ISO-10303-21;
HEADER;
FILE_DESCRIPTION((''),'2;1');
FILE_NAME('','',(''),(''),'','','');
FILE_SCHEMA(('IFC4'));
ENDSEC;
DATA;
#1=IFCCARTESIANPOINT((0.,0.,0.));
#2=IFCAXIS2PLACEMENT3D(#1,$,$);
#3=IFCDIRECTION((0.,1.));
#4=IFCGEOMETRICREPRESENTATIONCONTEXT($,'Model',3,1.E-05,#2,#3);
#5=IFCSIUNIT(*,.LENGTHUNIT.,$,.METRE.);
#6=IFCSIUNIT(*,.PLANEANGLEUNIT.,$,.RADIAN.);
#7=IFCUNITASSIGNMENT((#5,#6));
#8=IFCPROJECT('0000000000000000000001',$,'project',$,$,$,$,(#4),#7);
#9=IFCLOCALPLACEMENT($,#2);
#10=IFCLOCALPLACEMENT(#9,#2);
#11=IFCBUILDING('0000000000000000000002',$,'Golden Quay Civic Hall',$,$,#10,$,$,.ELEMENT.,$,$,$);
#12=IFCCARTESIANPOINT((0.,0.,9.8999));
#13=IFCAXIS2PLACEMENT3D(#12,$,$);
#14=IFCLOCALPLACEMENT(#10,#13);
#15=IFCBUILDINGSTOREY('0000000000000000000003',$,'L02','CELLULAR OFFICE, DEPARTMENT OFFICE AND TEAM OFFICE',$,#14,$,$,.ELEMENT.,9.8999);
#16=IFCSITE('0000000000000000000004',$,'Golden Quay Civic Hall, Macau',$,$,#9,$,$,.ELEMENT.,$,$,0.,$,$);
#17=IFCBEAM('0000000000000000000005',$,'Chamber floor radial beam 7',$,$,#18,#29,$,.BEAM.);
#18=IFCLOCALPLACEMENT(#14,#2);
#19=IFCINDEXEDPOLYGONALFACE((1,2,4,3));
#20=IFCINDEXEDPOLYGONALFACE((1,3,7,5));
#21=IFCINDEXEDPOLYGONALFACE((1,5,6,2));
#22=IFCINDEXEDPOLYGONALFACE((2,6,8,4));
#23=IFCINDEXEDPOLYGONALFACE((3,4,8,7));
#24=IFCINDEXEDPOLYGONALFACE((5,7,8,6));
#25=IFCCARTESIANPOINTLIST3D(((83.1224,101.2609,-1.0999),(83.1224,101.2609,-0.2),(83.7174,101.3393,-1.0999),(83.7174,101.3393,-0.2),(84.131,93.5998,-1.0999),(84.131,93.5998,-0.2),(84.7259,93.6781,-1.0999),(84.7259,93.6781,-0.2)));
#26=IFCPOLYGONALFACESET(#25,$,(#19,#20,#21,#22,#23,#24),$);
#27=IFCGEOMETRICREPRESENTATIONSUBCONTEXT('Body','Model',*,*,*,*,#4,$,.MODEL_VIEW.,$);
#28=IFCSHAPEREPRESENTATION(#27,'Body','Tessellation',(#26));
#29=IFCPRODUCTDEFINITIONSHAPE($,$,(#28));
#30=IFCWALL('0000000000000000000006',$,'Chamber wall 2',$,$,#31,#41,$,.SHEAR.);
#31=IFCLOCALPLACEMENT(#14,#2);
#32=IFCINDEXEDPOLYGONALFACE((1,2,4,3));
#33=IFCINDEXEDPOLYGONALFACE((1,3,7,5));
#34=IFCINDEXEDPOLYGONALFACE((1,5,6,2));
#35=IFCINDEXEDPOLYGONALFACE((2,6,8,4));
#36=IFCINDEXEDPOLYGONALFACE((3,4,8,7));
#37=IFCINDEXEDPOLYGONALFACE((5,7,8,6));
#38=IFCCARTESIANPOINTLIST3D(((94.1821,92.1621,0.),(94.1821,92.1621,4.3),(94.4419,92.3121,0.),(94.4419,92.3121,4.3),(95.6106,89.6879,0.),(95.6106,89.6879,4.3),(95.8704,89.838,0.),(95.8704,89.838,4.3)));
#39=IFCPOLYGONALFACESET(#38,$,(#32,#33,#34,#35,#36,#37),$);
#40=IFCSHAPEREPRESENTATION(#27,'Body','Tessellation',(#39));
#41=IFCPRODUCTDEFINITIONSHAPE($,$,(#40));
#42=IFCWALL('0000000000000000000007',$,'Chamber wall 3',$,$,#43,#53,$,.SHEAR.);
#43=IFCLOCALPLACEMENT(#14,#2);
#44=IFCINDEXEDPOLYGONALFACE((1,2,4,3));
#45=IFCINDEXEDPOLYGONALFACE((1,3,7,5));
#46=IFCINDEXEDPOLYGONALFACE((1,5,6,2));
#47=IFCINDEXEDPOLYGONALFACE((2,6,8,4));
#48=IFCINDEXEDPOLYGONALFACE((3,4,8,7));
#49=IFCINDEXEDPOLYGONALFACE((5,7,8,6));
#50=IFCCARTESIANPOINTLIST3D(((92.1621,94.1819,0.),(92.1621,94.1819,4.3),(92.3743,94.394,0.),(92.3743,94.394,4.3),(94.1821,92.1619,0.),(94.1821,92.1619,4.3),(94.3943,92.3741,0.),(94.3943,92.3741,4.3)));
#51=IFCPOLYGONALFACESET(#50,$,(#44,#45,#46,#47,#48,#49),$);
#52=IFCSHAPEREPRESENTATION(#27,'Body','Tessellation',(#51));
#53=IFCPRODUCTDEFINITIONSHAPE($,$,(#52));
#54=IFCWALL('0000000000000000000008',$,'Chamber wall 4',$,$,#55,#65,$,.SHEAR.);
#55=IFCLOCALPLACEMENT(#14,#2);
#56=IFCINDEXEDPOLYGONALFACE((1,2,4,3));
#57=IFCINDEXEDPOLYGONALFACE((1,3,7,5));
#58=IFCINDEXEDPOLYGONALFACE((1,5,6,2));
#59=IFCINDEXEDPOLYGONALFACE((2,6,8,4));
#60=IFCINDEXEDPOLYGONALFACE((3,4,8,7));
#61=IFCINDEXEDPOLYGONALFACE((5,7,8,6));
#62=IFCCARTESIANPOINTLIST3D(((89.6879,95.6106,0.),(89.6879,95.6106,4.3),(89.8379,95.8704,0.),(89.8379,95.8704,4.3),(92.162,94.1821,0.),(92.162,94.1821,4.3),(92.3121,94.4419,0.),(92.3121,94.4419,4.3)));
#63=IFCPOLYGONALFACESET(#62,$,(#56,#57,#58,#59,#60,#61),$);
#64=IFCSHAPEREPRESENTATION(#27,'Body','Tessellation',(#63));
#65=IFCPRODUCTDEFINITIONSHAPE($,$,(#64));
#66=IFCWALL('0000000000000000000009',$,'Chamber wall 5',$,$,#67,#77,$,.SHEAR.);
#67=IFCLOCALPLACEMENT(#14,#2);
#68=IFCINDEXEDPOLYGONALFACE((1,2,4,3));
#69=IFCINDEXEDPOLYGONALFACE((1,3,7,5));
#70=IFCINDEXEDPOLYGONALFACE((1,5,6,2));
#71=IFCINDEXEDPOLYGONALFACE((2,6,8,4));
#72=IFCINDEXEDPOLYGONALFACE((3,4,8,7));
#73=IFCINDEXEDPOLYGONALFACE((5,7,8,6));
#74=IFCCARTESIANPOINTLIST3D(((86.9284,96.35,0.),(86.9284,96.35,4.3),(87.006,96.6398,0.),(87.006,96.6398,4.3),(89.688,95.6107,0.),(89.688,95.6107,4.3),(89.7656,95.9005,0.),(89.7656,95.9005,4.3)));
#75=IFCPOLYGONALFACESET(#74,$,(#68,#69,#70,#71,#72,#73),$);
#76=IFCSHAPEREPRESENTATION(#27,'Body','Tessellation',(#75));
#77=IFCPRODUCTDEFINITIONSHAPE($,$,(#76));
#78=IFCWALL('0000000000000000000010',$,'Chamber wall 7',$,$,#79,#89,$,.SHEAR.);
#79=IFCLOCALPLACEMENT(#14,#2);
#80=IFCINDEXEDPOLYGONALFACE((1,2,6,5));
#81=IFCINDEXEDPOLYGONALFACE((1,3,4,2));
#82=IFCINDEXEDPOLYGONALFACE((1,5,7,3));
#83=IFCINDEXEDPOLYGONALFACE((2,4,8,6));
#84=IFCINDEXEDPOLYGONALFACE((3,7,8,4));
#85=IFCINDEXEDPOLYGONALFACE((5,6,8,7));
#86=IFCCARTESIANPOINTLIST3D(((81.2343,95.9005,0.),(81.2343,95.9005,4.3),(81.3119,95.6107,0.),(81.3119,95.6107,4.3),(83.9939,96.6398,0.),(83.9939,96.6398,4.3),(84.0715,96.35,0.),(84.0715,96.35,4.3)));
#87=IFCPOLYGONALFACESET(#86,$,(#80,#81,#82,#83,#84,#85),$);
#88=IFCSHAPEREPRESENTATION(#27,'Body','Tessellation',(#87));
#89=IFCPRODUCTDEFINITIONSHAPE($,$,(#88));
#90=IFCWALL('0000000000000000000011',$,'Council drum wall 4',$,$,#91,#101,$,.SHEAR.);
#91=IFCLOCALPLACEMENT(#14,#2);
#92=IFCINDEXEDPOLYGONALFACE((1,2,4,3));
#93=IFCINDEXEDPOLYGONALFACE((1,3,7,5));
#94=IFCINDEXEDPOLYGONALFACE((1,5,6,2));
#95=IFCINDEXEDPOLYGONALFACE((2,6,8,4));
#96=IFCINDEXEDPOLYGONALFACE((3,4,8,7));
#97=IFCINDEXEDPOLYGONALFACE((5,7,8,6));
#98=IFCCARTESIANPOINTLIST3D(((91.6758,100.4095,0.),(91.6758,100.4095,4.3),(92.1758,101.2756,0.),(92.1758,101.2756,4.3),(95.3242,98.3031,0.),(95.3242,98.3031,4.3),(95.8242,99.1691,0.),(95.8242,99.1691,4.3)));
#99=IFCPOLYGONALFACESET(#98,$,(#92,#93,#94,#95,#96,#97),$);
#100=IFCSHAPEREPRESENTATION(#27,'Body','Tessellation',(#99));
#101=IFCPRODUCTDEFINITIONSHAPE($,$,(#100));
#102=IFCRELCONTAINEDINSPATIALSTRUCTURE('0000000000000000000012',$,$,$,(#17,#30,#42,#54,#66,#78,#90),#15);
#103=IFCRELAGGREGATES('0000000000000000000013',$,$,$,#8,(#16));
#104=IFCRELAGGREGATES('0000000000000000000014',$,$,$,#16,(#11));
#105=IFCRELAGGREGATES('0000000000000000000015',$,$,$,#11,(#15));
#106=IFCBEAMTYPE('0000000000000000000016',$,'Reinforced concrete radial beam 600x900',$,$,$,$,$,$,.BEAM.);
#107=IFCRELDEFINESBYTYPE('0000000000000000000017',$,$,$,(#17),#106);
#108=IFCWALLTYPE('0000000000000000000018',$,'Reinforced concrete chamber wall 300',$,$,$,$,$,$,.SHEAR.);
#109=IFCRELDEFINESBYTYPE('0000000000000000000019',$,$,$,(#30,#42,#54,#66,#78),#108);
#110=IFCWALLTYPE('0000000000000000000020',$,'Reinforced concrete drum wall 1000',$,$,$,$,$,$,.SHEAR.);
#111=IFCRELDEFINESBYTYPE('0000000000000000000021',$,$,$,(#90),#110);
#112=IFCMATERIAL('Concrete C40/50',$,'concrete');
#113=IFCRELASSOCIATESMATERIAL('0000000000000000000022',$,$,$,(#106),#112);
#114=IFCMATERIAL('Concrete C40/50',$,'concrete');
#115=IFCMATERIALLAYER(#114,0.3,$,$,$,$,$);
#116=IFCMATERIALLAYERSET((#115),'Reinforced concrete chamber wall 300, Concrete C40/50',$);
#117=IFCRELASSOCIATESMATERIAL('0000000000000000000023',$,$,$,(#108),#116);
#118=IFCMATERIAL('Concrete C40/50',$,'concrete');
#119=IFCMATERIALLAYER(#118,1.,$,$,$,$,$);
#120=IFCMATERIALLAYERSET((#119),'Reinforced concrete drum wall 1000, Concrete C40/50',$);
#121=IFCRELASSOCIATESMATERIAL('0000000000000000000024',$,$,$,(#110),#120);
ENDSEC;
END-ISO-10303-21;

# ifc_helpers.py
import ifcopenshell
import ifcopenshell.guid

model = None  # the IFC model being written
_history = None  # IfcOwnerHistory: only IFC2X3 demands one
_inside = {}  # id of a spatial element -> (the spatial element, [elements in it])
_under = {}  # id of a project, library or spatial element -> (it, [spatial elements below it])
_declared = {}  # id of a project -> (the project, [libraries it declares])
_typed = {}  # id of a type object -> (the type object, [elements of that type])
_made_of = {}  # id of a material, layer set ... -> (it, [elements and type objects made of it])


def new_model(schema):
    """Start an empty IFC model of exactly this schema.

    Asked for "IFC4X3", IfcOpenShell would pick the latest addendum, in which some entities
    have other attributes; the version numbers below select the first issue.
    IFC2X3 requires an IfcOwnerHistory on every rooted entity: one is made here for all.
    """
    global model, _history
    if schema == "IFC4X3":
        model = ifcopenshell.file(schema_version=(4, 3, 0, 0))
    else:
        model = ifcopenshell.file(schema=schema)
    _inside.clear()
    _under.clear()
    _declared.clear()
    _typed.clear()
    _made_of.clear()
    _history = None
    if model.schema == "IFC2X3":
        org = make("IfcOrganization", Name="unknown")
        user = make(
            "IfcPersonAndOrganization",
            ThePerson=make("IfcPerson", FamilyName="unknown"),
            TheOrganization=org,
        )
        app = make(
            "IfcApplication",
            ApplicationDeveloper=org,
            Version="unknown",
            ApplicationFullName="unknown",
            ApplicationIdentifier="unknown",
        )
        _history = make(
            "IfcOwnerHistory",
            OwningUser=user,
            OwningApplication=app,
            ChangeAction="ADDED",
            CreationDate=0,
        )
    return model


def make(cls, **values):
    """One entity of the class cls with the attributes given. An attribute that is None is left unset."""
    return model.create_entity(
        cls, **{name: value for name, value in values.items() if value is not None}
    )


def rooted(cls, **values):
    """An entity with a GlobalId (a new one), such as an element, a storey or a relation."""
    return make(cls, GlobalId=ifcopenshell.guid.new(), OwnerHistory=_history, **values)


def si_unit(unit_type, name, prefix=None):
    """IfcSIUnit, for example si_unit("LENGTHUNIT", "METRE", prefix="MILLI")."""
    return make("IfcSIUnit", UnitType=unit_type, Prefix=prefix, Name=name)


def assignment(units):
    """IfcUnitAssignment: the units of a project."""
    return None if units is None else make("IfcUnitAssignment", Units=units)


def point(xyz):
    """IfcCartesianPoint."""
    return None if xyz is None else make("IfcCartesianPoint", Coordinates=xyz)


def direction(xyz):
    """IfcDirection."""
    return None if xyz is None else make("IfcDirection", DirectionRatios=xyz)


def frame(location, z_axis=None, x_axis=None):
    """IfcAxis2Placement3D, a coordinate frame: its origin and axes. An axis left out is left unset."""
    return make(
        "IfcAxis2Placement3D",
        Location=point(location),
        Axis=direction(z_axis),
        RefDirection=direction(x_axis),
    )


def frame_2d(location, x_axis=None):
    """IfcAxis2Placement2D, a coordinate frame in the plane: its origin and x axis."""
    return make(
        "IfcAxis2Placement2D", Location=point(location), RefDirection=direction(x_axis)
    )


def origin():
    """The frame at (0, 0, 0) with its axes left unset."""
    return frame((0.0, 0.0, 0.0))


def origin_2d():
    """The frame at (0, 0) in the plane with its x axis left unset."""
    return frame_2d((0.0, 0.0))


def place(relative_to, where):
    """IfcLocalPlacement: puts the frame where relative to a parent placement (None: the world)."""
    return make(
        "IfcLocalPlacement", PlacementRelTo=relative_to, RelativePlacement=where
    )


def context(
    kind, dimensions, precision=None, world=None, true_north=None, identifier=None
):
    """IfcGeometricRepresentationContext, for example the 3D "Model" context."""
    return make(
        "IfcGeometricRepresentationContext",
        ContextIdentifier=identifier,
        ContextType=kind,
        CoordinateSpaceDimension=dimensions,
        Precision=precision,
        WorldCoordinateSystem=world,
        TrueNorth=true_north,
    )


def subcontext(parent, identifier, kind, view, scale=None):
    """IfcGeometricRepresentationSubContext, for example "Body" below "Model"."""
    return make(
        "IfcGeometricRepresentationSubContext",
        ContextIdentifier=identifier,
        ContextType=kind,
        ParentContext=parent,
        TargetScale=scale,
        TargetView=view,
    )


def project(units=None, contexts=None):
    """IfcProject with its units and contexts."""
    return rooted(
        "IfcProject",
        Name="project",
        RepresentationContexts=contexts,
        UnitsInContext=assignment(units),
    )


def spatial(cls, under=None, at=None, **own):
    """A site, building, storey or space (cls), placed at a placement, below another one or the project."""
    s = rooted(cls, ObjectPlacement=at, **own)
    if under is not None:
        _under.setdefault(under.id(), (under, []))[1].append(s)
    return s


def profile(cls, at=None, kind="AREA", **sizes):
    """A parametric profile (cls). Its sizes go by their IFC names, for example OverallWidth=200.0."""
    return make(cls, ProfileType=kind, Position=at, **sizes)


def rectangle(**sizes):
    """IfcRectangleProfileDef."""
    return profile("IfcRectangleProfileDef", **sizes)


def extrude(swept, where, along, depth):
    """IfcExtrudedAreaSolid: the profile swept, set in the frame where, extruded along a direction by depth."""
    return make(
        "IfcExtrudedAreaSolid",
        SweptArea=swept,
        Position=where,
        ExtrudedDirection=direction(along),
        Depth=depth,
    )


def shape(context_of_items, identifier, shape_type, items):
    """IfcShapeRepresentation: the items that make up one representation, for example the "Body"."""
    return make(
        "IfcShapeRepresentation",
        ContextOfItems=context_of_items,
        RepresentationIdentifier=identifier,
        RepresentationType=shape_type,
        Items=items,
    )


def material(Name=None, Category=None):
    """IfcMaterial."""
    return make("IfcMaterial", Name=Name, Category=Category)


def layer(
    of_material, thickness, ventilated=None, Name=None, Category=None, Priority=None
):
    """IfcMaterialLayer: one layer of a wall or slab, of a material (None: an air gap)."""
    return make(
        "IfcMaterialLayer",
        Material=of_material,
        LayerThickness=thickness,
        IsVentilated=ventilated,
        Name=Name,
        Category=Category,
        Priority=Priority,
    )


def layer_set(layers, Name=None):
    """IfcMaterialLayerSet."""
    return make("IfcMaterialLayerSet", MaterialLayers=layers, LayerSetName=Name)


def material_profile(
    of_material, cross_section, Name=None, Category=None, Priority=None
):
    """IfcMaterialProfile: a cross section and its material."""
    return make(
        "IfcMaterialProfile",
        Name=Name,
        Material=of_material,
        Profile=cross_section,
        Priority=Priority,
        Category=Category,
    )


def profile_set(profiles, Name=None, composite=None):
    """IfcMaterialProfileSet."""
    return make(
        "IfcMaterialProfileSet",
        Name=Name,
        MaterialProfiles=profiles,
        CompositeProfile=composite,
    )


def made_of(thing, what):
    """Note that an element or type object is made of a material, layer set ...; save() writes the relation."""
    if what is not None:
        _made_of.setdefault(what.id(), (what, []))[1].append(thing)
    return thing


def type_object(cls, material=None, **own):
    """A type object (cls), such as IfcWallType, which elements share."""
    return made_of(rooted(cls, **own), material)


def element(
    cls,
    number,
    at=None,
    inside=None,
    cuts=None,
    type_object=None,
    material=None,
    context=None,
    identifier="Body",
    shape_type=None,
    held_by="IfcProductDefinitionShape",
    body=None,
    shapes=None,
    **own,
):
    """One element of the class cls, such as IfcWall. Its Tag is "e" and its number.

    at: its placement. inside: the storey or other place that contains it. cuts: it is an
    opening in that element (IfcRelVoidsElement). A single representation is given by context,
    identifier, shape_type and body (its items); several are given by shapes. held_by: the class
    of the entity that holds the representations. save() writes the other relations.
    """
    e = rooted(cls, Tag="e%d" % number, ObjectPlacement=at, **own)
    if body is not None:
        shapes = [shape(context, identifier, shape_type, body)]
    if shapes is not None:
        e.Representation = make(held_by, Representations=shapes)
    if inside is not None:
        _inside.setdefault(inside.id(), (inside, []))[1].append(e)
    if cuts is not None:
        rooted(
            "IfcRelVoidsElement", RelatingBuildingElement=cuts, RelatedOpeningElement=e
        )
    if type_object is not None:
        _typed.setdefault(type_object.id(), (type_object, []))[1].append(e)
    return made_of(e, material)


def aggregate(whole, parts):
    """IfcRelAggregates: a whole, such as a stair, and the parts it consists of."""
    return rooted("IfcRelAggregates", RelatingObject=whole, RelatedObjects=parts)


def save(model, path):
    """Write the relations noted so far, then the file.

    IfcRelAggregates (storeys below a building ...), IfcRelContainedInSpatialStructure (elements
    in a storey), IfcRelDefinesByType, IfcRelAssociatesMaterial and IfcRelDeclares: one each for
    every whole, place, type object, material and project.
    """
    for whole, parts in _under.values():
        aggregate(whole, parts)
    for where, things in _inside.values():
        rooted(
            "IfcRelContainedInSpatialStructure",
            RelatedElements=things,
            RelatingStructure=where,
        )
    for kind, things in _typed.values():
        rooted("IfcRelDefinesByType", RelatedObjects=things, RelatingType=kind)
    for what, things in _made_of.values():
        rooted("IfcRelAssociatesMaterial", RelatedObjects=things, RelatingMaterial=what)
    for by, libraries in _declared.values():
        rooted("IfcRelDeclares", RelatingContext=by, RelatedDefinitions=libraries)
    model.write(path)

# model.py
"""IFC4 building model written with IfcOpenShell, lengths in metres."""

from ifc_helpers import new_model, si_unit, direction, frame, frame_2d, origin, origin_2d, place, context, subcontext, project, spatial, rectangle, extrude, material, layer, layer_set, material_profile, profile_set, type_object, element, save


model = new_model("IFC4")

# Units and contexts
model_context = context("Model", 3, precision=1e-05, world=origin(), true_north=direction((0.0, 1.0)))
body_context = subcontext(model_context, "Body", "Model", "MODEL_VIEW")
ifc_project = project(units=[si_unit("LENGTHUNIT", "METRE"), si_unit("PLANEANGLEUNIT", "RADIAN")], contexts=[model_context])

# Site, building, storey
site_placement = place(None, origin())
site = spatial("IfcSite", under=ifc_project, at=site_placement, Name="Golden Quay Civic Hall, Macau", CompositionType="ELEMENT", RefElevation=0.0)
building_placement = place(site_placement, origin())
building = spatial("IfcBuilding", under=site, at=building_placement, Name="Golden Quay Civic Hall", CompositionType="ELEMENT")
storey_placement = place(building_placement, frame((0.0, 0.0, 9.8999)))
storey = spatial("IfcBuildingStorey", under=building, at=storey_placement, Name="L02", Description="CELLULAR OFFICE, DEPARTMENT OFFICE AND TEAM OFFICE", CompositionType="ELEMENT", Elevation=9.8999)

# Beam
ifc_material_1 = material(Name="Concrete C40/50", Category="concrete")
ifc_material_profile_1 = material_profile(ifc_material_1, rectangle(XDim=0.6001, YDim=0.8999, at=origin_2d()), Name="RC 600x900")
ifc_profile_set_1 = profile_set([ifc_material_profile_1], Name="Concrete C40/50")
beam_type_1 = type_object("IfcBeamType", Name="Reinforced concrete radial beam 600x900", PredefinedType="BEAM", material=ifc_profile_set_1)
beam_1_placement = place(storey_placement, frame((84.4285, 93.6389, -0.6499), z_axis=(-0.130518, 0.991446, 0.0), x_axis=(-0.991446, -0.130518, 0.0)))
element("IfcBeam", 1, at=beam_1_placement, inside=storey, type_object=beam_type_1, Name="Chamber floor radial beam 7", PredefinedType="BEAM", context=body_context, shape_type="SweptSolid", body=[
    extrude(rectangle(XDim=0.6001, YDim=0.8999, at=origin_2d()), origin(), (0.0, 0.0, 1.0), 7.7273),
])

# Walls
ifc_material_2 = material(Name="Concrete C40/50", Category="concrete")
ifc_layer_1 = layer(ifc_material_2, 0.3)
ifc_layer_set_1 = layer_set([ifc_layer_1], Name="Reinforced concrete chamber wall 300, Concrete C40/50")
wall_type_1 = type_object("IfcWallType", Name="Reinforced concrete chamber wall 300", PredefinedType="SHEAR", material=ifc_layer_set_1)
wall_1_placement = place(storey_placement, frame((95.7405, 89.7629, 0.0), z_axis=(0.0, 0.0, 1.0), x_axis=(-0.500008, 0.866021, 0.0)))
element("IfcWall", 2, at=wall_1_placement, inside=storey, type_object=wall_type_1, Name="Chamber wall 2", PredefinedType="SHEAR", context=body_context, shape_type="SweptSolid", body=[
    extrude(rectangle(XDim=2.8569, YDim=0.3, at=frame_2d((1.4285, 0.0))), origin(), (0.0, 0.0, 1.0), 4.3),
])
wall_2_placement = place(storey_placement, frame((94.2881, 92.2681, 0.0), z_axis=(0.0, 0.0, 1.0), x_axis=(-0.707107, 0.707107, 0.0)))
element("IfcWall", 3, at=wall_2_placement, inside=storey, type_object=wall_type_1, Name="Chamber wall 3", PredefinedType="SHEAR", context=body_context, shape_type="SweptSolid", body=[
    extrude(rectangle(XDim=2.8567, YDim=0.3, at=frame_2d((1.4282, 0.0))), origin(), (0.0, 0.0, 1.0), 4.3),
])
for number, where, z_axis, x_axis, name in (
    (4, (92.2371, 94.312, 0.0), (0.0, 0.0, 1.0), (-0.866021, 0.500008, 0.0), "Chamber wall 4"),
    (5, (89.7268, 95.7556, 0.0), (0.0, 0.0, 1.0), (-0.965939, 0.258769, 0.0), "Chamber wall 5"),
):
    element("IfcWall", number, at=place(storey_placement, frame(where, z_axis=z_axis, x_axis=x_axis)), inside=storey, type_object=wall_type_1, Name=name, PredefinedType="SHEAR", context=body_context, shape_type="SweptSolid", body=[
        extrude(rectangle(XDim=2.8569, YDim=0.3, at=frame_2d((1.4285, 0.0))), origin(), (0.0, 0.0, 1.0), 4.3),
    ])

# Walls
wall_3_placement = place(storey_placement, frame((84.0327, 96.4949, 0.0), z_axis=(0.0, 0.0, 1.0), x_axis=(-0.965939, -0.258769, 0.0)))
element("IfcWall", 6, at=wall_3_placement, inside=storey, type_object=wall_type_1, Name="Chamber wall 7", PredefinedType="SHEAR", context=body_context, shape_type="SweptSolid", body=[
    extrude(rectangle(XDim=2.8569, YDim=0.3, at=frame_2d((1.4285, 0.0))), origin(), (0.0, 0.0, 1.0), 4.3),
])
ifc_material_3 = material(Name="Concrete C40/50", Category="concrete")
ifc_layer_2 = layer(ifc_material_3, 1.0)
ifc_layer_set_2 = layer_set([ifc_layer_2], Name="Reinforced concrete drum wall 1000, Concrete C40/50")
wall_type_2 = type_object("IfcWallType", Name="Reinforced concrete drum wall 1000", PredefinedType="SHEAR", material=ifc_layer_set_2)
wall_4_placement = place(storey_placement, frame((95.5742, 98.7361, 0.0), z_axis=(0.0, 0.0, 1.0), x_axis=(-0.866023, 0.500003, 0.0)))
element("IfcWall", 7, at=wall_4_placement, inside=storey, type_object=wall_type_2, Name="Council drum wall 4", PredefinedType="SHEAR", context=body_context, shape_type="SweptSolid", body=[
    extrude(rectangle(XDim=4.2129, YDim=1.0, at=frame_2d((2.1064, 0.0))), origin(), (0.0, 0.0, 1.0), 4.3),
])

save(model, "model.ifc")
